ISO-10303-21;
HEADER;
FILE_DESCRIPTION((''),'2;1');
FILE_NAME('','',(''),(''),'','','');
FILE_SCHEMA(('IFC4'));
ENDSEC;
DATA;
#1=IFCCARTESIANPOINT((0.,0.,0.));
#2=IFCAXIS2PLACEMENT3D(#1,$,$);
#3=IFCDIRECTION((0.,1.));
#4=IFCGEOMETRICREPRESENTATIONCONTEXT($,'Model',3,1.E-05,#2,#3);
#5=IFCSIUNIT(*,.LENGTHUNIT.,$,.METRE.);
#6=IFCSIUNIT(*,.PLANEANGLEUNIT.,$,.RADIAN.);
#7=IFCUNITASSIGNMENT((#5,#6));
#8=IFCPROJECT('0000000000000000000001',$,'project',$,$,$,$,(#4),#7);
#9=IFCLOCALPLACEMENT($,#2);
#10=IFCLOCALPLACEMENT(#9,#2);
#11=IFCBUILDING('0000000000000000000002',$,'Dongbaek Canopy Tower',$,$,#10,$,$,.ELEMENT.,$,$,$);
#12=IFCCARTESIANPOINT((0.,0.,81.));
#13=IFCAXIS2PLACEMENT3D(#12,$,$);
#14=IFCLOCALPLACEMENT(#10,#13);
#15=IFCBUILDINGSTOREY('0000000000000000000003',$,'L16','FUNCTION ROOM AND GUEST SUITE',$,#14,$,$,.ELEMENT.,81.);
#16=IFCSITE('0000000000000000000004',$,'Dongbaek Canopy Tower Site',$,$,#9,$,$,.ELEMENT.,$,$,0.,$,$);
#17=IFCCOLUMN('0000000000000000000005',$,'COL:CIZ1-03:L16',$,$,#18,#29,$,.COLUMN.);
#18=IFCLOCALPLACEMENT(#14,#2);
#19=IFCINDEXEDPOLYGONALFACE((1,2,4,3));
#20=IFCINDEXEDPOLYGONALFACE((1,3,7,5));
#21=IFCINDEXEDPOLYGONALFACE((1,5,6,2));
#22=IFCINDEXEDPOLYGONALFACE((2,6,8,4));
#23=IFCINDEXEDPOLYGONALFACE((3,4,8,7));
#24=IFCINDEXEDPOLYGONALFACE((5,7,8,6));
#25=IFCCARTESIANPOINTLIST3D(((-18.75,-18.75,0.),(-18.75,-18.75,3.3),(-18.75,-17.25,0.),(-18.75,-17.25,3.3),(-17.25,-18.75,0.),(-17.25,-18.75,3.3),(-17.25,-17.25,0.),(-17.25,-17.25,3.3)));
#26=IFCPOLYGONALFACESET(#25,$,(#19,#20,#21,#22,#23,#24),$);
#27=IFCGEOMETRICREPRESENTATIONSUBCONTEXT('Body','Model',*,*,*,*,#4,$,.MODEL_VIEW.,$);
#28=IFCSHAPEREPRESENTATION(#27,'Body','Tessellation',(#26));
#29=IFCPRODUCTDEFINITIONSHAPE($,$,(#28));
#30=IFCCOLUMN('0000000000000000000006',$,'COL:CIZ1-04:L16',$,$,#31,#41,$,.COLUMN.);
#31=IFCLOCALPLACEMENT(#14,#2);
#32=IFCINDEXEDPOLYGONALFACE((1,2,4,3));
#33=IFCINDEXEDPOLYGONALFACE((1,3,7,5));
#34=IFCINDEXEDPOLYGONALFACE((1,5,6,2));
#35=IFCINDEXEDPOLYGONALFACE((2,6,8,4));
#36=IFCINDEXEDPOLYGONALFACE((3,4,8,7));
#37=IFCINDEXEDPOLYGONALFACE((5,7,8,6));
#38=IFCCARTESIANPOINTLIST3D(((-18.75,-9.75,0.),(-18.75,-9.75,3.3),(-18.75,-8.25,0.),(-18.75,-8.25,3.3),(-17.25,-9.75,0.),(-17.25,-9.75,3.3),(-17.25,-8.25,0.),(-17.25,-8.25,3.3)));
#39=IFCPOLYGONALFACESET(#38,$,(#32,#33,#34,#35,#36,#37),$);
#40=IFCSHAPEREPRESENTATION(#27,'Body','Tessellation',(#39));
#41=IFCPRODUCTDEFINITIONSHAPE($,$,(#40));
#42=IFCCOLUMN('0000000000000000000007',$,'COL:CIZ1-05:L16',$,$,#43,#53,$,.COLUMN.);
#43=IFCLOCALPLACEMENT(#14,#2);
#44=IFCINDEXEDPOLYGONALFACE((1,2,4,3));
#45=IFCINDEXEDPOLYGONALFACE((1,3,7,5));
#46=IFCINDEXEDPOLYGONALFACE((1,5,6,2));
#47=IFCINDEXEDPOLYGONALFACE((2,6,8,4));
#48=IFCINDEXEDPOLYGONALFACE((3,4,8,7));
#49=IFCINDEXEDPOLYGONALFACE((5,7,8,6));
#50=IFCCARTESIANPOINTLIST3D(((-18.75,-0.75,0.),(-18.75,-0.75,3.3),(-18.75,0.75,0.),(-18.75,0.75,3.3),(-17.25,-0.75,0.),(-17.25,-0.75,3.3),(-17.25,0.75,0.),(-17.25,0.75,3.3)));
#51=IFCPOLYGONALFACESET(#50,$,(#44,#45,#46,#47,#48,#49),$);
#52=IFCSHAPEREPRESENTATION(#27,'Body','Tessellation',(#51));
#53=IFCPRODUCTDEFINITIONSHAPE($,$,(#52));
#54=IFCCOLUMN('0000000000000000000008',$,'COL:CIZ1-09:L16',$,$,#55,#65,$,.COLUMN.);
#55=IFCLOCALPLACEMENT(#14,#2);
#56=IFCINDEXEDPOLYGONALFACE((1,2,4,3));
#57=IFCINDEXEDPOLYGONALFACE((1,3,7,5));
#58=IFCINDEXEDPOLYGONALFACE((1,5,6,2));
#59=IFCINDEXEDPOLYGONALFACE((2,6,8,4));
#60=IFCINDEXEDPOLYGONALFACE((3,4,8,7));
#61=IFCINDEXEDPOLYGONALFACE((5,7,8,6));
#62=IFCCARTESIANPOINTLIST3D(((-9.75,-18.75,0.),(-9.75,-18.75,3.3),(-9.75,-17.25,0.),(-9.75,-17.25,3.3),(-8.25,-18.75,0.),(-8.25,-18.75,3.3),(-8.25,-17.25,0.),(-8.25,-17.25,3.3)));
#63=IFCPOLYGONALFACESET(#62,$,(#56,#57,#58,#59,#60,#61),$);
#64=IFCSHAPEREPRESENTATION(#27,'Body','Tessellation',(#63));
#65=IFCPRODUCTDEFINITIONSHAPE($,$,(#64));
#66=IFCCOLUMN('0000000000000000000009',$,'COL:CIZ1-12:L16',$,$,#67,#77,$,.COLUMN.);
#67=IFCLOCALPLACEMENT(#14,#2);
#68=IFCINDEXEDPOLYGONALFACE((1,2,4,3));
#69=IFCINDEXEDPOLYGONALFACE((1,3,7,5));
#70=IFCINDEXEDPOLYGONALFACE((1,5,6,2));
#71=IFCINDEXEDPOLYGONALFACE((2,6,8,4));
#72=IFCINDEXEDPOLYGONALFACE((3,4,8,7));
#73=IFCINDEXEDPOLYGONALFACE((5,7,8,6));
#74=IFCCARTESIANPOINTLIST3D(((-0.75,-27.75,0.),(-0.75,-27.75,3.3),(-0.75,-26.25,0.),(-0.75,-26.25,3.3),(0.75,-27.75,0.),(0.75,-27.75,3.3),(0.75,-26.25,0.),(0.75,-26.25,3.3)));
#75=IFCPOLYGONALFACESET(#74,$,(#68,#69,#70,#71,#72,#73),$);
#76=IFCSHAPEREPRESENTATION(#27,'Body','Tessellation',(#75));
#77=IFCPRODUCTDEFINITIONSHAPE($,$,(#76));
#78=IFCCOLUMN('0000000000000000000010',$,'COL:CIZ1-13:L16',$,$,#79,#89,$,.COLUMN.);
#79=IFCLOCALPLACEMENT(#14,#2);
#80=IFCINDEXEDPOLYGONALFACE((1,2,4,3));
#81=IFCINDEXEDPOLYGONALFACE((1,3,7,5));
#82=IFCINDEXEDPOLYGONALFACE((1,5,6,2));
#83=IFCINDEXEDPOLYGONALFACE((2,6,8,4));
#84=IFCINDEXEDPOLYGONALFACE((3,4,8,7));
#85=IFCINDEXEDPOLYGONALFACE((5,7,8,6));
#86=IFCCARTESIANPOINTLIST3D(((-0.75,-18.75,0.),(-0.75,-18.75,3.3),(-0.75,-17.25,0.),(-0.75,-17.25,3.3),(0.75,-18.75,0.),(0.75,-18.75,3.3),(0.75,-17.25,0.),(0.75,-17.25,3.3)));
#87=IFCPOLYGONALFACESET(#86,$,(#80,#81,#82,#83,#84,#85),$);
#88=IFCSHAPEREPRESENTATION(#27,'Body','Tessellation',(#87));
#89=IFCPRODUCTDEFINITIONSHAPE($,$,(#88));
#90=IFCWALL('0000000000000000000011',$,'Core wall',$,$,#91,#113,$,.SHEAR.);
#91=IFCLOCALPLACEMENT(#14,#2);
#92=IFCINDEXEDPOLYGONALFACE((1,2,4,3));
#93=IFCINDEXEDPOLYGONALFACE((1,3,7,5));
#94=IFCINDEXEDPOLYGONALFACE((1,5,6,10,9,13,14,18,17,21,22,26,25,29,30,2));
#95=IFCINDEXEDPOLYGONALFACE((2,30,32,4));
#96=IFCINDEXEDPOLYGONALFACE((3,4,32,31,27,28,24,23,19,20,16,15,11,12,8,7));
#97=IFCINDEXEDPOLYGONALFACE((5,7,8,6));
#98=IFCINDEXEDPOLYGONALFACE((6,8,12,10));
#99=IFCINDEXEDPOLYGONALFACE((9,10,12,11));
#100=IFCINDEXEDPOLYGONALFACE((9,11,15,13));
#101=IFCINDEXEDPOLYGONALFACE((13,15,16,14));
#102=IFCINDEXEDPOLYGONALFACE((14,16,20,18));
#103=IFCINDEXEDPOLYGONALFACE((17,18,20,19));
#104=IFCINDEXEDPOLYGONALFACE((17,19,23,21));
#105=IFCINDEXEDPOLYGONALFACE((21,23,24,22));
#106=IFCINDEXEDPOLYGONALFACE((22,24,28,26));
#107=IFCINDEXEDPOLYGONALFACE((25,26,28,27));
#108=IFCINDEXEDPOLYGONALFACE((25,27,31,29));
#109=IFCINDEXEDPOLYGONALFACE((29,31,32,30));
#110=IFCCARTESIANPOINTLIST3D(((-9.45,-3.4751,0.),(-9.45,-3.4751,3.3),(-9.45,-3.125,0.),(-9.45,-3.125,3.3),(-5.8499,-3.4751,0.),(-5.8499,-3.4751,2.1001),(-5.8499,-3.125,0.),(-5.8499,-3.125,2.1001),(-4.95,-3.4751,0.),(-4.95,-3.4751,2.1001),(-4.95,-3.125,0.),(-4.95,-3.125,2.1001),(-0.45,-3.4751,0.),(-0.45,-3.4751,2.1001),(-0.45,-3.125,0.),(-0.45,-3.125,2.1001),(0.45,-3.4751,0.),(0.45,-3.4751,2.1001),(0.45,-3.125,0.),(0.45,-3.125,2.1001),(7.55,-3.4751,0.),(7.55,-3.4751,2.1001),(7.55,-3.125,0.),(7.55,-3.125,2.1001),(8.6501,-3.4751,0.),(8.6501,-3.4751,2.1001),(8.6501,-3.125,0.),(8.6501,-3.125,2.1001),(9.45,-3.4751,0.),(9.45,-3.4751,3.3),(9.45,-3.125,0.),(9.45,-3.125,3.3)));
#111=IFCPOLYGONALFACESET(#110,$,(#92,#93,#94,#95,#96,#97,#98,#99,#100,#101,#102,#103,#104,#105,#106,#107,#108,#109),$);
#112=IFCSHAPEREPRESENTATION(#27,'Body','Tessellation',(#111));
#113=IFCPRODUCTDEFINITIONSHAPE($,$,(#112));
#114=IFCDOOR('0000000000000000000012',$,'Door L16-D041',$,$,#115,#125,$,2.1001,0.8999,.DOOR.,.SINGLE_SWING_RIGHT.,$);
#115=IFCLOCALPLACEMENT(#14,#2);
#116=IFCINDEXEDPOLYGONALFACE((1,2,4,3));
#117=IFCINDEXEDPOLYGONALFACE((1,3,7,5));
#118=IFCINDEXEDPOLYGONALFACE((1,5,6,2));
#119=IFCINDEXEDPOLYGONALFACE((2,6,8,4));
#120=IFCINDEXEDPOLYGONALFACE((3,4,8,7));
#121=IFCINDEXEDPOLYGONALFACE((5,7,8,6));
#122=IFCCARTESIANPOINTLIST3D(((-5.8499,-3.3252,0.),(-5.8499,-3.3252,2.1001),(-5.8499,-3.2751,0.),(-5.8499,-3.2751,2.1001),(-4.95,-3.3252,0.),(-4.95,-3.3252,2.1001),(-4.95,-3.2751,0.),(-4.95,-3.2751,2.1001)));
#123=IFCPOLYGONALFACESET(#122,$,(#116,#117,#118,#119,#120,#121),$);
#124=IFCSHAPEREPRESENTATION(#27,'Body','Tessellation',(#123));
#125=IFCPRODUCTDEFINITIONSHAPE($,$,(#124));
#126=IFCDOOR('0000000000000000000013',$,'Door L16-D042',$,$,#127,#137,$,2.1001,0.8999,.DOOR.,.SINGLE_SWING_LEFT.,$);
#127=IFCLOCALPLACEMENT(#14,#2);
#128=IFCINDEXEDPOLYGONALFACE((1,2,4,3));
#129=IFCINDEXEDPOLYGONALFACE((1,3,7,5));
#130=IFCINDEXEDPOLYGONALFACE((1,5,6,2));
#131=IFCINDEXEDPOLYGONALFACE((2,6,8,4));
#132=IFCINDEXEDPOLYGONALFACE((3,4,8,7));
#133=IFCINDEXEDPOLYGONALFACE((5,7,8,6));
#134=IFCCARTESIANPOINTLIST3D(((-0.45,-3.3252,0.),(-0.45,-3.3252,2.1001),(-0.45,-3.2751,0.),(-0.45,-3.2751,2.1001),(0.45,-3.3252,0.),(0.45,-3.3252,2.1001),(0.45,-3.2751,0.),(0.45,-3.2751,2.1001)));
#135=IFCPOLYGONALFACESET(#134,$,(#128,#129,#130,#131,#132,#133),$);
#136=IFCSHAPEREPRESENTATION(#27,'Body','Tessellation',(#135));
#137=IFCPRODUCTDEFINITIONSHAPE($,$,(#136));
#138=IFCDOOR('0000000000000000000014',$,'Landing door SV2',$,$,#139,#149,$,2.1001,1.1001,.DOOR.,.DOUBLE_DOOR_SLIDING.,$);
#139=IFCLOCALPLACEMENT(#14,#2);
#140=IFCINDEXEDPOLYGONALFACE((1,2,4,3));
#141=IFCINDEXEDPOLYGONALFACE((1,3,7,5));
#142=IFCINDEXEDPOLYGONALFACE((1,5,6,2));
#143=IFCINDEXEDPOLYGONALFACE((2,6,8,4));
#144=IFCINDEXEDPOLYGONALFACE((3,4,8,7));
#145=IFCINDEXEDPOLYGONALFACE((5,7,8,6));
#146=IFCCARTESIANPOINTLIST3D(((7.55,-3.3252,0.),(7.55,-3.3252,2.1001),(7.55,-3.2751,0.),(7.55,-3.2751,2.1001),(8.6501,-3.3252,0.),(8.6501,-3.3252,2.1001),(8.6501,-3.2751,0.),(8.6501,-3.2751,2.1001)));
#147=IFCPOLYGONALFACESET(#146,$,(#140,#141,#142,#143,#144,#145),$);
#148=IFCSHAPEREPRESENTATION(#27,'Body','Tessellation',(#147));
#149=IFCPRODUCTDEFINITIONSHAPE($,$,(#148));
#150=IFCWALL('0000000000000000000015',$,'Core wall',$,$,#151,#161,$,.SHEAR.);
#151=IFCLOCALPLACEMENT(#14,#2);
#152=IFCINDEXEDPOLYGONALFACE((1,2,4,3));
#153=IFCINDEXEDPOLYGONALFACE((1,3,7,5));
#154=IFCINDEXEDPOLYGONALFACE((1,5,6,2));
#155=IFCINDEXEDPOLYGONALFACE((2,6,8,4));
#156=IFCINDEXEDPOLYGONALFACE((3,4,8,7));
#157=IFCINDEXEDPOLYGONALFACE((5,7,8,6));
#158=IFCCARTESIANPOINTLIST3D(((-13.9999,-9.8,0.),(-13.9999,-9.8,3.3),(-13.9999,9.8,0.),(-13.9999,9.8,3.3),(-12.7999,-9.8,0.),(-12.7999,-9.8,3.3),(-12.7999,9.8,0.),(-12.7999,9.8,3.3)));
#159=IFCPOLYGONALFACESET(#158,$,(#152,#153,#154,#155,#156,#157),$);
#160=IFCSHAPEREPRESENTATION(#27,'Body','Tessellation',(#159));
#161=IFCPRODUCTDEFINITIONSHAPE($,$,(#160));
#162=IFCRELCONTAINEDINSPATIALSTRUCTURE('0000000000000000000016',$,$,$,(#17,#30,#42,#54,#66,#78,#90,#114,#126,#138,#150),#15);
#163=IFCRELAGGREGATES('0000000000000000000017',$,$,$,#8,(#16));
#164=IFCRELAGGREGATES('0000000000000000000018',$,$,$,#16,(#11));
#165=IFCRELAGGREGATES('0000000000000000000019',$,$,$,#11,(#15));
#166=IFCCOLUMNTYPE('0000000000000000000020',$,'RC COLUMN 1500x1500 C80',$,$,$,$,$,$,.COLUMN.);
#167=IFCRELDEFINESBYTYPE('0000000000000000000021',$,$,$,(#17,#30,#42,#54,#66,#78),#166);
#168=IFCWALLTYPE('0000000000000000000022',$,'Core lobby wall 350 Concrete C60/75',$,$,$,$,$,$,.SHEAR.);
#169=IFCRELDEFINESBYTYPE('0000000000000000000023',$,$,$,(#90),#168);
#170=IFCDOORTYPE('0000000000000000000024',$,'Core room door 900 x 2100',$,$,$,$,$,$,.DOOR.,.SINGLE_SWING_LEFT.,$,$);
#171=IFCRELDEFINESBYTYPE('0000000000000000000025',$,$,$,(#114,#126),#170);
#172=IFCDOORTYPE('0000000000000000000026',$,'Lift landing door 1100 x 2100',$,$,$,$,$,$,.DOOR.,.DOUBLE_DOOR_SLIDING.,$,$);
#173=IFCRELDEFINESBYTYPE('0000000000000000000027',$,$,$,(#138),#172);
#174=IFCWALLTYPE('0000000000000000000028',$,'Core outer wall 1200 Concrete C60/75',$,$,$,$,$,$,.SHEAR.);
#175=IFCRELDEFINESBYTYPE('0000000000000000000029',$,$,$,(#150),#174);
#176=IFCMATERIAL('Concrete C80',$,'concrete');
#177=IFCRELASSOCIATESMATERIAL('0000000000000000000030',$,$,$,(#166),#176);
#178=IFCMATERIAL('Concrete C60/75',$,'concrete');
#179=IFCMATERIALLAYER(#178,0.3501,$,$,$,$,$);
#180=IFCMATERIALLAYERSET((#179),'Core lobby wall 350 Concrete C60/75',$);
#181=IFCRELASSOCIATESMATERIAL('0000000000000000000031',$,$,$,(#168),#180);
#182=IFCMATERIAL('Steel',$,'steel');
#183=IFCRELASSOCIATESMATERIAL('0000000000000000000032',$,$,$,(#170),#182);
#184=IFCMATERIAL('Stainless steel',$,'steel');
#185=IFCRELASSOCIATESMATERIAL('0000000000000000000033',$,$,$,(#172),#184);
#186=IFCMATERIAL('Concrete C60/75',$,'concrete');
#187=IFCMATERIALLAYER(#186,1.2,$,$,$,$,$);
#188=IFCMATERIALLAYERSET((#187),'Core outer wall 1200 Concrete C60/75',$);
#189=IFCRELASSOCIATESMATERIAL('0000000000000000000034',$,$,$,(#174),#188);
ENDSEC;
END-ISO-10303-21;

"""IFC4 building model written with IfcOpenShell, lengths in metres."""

from ifc_helpers import new_model, si_unit, direction, frame, frame_2d, origin, origin_2d, place, context, subcontext, project, spatial, rectangle, extrude, material, layer, layer_set, material_profile, profile_set, type_object, element, fill, save


model = new_model("IFC4")

# Units and contexts
model_context = context("Model", 3, precision=1e-05, world=origin(), true_north=direction((0.0, 1.0)))
body_context = subcontext(model_context, "Body", "Model", "MODEL_VIEW")
ifc_project = project(units=[si_unit("LENGTHUNIT", "METRE"), si_unit("PLANEANGLEUNIT", "RADIAN")], contexts=[model_context])

# Site, building, storey
site_placement = place(None, origin())
site = spatial("IfcSite", under=ifc_project, at=site_placement, Name="Dongbaek Canopy Tower Site", CompositionType="ELEMENT", RefElevation=0.0)
building_placement = place(site_placement, origin())
building = spatial("IfcBuilding", under=site, at=building_placement, Name="Dongbaek Canopy Tower", CompositionType="ELEMENT")
storey_placement = place(building_placement, frame((0.0, 0.0, 81.0)))
storey = spatial("IfcBuildingStorey", under=building, at=storey_placement, Name="L16", Description="FUNCTION ROOM AND GUEST SUITE", CompositionType="ELEMENT", Elevation=81.0)

# Columns
ifc_material_1 = material(Name="Concrete C80", Category="concrete")
ifc_material_profile = material_profile(ifc_material_1, rectangle(XDim=1.5, YDim=1.5, at=origin_2d()), Name="RC COLUMN 1500x1500 C80")
ifc_profile_set = profile_set([ifc_material_profile], Name="Concrete C80")
column_type = type_object("IfcColumnType", Name="RC COLUMN 1500x1500 C80", PredefinedType="COLUMN", material=ifc_profile_set)
for number, where, z_axis, x_axis, name in (
    (1, (-18.0, -18.0, 0.0), (0.0, 0.0, 1.0), (1.0, 0.0, 0.0), "COL:CIZ1-03:L16"),
    (2, (-18.0, -9.0, 0.0), (0.0, 0.0, 1.0), (1.0, 0.0, 0.0), "COL:CIZ1-04:L16"),
    (3, (-18.0, 0.0, 0.0), (0.0, 0.0, 1.0), (1.0, 0.0, 0.0), "COL:CIZ1-05:L16"),
    (4, (-9.0, -18.0, 0.0), (0.0, 0.0, 1.0), (1.0, 0.0, 0.0), "COL:CIZ1-09:L16"),
    (5, (0.0, -27.0, 0.0), (0.0, 0.0, 1.0), (1.0, 0.0, 0.0), "COL:CIZ1-12:L16"),
    (6, (0.0, -18.0, 0.0), (0.0, 0.0, 1.0), (1.0, 0.0, 0.0), "COL:CIZ1-13:L16"),
):
    element("IfcColumn", number, at=place(storey_placement, frame(where, z_axis=z_axis, x_axis=x_axis)), inside=storey, type_object=column_type, Name=name, PredefinedType="COLUMN", context=body_context, shape_type="SweptSolid", body=[
        extrude(rectangle(XDim=1.5, YDim=1.5, at=origin_2d()), origin(), (0.0, 0.0, 1.0), 3.3),
    ])

# Wall, openings, doors
ifc_material_2 = material(Name="Concrete C60/75", Category="concrete")
ifc_layer_1 = layer(ifc_material_2, 0.3501)
ifc_layer_set_1 = layer_set([ifc_layer_1], Name="Core lobby wall 350 Concrete C60/75")
wall_type_1 = type_object("IfcWallType", Name="Core lobby wall 350 Concrete C60/75", PredefinedType="SHEAR", material=ifc_layer_set_1)
wall_1_placement = place(storey_placement, frame((-9.45, -3.3, 0.0), z_axis=(0.0, 0.0, 1.0), x_axis=(1.0, 0.0, 0.0)))
wall_1 = element("IfcWall", 7, at=wall_1_placement, inside=storey, type_object=wall_type_1, Name="Core wall", PredefinedType="SHEAR", context=body_context, shape_type="SweptSolid", body=[
    extrude(rectangle(XDim=18.8999, YDim=0.3501, at=frame_2d((9.45, 0.0))), origin(), (0.0, 0.0, 1.0), 3.3),
])
opening_1_placement = place(wall_1_placement, frame((17.0, 0.0, 0.0)))
opening_1 = element("IfcOpeningElement", 8, at=opening_1_placement, cuts=wall_1, PredefinedType="OPENING", context=body_context, shape_type="SweptSolid", body=[
    extrude(rectangle(XDim=1.1001, YDim=2.1001, at=frame_2d((0.55, 1.05))), frame((0.0, 0.1851, 0.0), z_axis=(0.0, -1.0, 0.0), x_axis=(1.0, 0.0, 0.0)), (0.0, 0.0, 1.0), 0.3701),
])
opening_2_placement = place(wall_1_placement, frame((3.6001, 0.0, 0.0)))
opening_2 = element("IfcOpeningElement", 9, at=opening_2_placement, cuts=wall_1, PredefinedType="OPENING", context=body_context, shape_type="SweptSolid", body=[
    extrude(rectangle(XDim=0.8999, YDim=2.1001, at=frame_2d((0.45, 1.05))), frame((0.0, 0.1851, 0.0), z_axis=(0.0, -1.0, 0.0), x_axis=(1.0, 0.0, 0.0)), (0.0, 0.0, 1.0), 0.3701),
])
opening_3_placement = place(wall_1_placement, frame((9.0, 0.0, 0.0)))
opening_3 = element("IfcOpeningElement", 10, at=opening_3_placement, cuts=wall_1, PredefinedType="OPENING", context=body_context, shape_type="SweptSolid", body=[
    extrude(rectangle(XDim=0.8999, YDim=2.1001, at=frame_2d((0.45, 1.05))), frame((0.0, 0.1851, 0.0), z_axis=(0.0, -1.0, 0.0), x_axis=(1.0, 0.0, 0.0)), (0.0, 0.0, 1.0), 0.3701),
])
ifc_material_3 = material(Name="Steel", Category="steel")
door_type_1 = type_object("IfcDoorType", Name="Core room door 900 x 2100", OperationType="SINGLE_SWING_LEFT", PredefinedType="DOOR", material=ifc_material_3)
door_1_placement = place(opening_2_placement, origin())
door_1 = element("IfcDoor", 11, at=door_1_placement, inside=storey, type_object=door_type_1, Name="Door L16-D041", OperationType="SINGLE_SWING_RIGHT", OverallHeight=2.1001, OverallWidth=0.8999, PredefinedType="DOOR", context=body_context, shape_type="SweptSolid", body=[
    extrude(rectangle(XDim=0.8999, YDim=2.1001, at=frame_2d((0.45, 1.05))), frame((0.0, 0.0249, 0.0), z_axis=(0.0, -1.0, 0.0), x_axis=(1.0, 0.0, 0.0)), (0.0, 0.0, 1.0), 0.05),
])
fill(opening_2, door_1)
door_2_placement = place(opening_3_placement, origin())
door_2 = element("IfcDoor", 12, at=door_2_placement, inside=storey, type_object=door_type_1, Name="Door L16-D042", OperationType="SINGLE_SWING_LEFT", OverallHeight=2.1001, OverallWidth=0.8999, PredefinedType="DOOR", context=body_context, shape_type="SweptSolid", body=[
    extrude(rectangle(XDim=0.8999, YDim=2.1001, at=frame_2d((0.45, 1.05))), frame((0.0, 0.0249, 0.0), z_axis=(0.0, -1.0, 0.0), x_axis=(1.0, 0.0, 0.0)), (0.0, 0.0, 1.0), 0.05),
])
fill(opening_3, door_2)
ifc_material_4 = material(Name="Stainless steel", Category="steel")
door_type_2 = type_object("IfcDoorType", Name="Lift landing door 1100 x 2100", OperationType="DOUBLE_DOOR_SLIDING", PredefinedType="DOOR", material=ifc_material_4)
door_3_placement = place(opening_1_placement, origin())
door_3 = element("IfcDoor", 13, at=door_3_placement, inside=storey, type_object=door_type_2, Name="Landing door SV2", OperationType="DOUBLE_DOOR_SLIDING", OverallHeight=2.1001, OverallWidth=1.1001, PredefinedType="DOOR", context=body_context, shape_type="SweptSolid", body=[
    extrude(rectangle(XDim=1.1001, YDim=2.1001, at=frame_2d((0.55, 1.05))), frame((0.0, 0.0249, 0.0), z_axis=(0.0, -1.0, 0.0), x_axis=(1.0, 0.0, 0.0)), (0.0, 0.0, 1.0), 0.05),
])
fill(opening_1, door_3)

# Wall
ifc_material_5 = material(Name="Concrete C60/75", Category="concrete")
ifc_layer_2 = layer(ifc_material_5, 1.2)
ifc_layer_set_2 = layer_set([ifc_layer_2], Name="Core outer wall 1200 Concrete C60/75")
wall_type_2 = type_object("IfcWallType", Name="Core outer wall 1200 Concrete C60/75", PredefinedType="SHEAR", material=ifc_layer_set_2)
wall_2_placement = place(storey_placement, frame((-13.3999, -9.8, 0.0), z_axis=(0.0, 0.0, 1.0), x_axis=(0.0, 1.0, 0.0)))
element("IfcWall", 14, at=wall_2_placement, inside=storey, type_object=wall_type_2, Name="Core wall", PredefinedType="SHEAR", context=body_context, shape_type="SweptSolid", body=[
    extrude(rectangle(XDim=19.6001, YDim=1.2, at=frame_2d((9.8, 0.0))), origin(), (0.0, 0.0, 1.0), 3.3),
])

save(model, "model.ifc")
